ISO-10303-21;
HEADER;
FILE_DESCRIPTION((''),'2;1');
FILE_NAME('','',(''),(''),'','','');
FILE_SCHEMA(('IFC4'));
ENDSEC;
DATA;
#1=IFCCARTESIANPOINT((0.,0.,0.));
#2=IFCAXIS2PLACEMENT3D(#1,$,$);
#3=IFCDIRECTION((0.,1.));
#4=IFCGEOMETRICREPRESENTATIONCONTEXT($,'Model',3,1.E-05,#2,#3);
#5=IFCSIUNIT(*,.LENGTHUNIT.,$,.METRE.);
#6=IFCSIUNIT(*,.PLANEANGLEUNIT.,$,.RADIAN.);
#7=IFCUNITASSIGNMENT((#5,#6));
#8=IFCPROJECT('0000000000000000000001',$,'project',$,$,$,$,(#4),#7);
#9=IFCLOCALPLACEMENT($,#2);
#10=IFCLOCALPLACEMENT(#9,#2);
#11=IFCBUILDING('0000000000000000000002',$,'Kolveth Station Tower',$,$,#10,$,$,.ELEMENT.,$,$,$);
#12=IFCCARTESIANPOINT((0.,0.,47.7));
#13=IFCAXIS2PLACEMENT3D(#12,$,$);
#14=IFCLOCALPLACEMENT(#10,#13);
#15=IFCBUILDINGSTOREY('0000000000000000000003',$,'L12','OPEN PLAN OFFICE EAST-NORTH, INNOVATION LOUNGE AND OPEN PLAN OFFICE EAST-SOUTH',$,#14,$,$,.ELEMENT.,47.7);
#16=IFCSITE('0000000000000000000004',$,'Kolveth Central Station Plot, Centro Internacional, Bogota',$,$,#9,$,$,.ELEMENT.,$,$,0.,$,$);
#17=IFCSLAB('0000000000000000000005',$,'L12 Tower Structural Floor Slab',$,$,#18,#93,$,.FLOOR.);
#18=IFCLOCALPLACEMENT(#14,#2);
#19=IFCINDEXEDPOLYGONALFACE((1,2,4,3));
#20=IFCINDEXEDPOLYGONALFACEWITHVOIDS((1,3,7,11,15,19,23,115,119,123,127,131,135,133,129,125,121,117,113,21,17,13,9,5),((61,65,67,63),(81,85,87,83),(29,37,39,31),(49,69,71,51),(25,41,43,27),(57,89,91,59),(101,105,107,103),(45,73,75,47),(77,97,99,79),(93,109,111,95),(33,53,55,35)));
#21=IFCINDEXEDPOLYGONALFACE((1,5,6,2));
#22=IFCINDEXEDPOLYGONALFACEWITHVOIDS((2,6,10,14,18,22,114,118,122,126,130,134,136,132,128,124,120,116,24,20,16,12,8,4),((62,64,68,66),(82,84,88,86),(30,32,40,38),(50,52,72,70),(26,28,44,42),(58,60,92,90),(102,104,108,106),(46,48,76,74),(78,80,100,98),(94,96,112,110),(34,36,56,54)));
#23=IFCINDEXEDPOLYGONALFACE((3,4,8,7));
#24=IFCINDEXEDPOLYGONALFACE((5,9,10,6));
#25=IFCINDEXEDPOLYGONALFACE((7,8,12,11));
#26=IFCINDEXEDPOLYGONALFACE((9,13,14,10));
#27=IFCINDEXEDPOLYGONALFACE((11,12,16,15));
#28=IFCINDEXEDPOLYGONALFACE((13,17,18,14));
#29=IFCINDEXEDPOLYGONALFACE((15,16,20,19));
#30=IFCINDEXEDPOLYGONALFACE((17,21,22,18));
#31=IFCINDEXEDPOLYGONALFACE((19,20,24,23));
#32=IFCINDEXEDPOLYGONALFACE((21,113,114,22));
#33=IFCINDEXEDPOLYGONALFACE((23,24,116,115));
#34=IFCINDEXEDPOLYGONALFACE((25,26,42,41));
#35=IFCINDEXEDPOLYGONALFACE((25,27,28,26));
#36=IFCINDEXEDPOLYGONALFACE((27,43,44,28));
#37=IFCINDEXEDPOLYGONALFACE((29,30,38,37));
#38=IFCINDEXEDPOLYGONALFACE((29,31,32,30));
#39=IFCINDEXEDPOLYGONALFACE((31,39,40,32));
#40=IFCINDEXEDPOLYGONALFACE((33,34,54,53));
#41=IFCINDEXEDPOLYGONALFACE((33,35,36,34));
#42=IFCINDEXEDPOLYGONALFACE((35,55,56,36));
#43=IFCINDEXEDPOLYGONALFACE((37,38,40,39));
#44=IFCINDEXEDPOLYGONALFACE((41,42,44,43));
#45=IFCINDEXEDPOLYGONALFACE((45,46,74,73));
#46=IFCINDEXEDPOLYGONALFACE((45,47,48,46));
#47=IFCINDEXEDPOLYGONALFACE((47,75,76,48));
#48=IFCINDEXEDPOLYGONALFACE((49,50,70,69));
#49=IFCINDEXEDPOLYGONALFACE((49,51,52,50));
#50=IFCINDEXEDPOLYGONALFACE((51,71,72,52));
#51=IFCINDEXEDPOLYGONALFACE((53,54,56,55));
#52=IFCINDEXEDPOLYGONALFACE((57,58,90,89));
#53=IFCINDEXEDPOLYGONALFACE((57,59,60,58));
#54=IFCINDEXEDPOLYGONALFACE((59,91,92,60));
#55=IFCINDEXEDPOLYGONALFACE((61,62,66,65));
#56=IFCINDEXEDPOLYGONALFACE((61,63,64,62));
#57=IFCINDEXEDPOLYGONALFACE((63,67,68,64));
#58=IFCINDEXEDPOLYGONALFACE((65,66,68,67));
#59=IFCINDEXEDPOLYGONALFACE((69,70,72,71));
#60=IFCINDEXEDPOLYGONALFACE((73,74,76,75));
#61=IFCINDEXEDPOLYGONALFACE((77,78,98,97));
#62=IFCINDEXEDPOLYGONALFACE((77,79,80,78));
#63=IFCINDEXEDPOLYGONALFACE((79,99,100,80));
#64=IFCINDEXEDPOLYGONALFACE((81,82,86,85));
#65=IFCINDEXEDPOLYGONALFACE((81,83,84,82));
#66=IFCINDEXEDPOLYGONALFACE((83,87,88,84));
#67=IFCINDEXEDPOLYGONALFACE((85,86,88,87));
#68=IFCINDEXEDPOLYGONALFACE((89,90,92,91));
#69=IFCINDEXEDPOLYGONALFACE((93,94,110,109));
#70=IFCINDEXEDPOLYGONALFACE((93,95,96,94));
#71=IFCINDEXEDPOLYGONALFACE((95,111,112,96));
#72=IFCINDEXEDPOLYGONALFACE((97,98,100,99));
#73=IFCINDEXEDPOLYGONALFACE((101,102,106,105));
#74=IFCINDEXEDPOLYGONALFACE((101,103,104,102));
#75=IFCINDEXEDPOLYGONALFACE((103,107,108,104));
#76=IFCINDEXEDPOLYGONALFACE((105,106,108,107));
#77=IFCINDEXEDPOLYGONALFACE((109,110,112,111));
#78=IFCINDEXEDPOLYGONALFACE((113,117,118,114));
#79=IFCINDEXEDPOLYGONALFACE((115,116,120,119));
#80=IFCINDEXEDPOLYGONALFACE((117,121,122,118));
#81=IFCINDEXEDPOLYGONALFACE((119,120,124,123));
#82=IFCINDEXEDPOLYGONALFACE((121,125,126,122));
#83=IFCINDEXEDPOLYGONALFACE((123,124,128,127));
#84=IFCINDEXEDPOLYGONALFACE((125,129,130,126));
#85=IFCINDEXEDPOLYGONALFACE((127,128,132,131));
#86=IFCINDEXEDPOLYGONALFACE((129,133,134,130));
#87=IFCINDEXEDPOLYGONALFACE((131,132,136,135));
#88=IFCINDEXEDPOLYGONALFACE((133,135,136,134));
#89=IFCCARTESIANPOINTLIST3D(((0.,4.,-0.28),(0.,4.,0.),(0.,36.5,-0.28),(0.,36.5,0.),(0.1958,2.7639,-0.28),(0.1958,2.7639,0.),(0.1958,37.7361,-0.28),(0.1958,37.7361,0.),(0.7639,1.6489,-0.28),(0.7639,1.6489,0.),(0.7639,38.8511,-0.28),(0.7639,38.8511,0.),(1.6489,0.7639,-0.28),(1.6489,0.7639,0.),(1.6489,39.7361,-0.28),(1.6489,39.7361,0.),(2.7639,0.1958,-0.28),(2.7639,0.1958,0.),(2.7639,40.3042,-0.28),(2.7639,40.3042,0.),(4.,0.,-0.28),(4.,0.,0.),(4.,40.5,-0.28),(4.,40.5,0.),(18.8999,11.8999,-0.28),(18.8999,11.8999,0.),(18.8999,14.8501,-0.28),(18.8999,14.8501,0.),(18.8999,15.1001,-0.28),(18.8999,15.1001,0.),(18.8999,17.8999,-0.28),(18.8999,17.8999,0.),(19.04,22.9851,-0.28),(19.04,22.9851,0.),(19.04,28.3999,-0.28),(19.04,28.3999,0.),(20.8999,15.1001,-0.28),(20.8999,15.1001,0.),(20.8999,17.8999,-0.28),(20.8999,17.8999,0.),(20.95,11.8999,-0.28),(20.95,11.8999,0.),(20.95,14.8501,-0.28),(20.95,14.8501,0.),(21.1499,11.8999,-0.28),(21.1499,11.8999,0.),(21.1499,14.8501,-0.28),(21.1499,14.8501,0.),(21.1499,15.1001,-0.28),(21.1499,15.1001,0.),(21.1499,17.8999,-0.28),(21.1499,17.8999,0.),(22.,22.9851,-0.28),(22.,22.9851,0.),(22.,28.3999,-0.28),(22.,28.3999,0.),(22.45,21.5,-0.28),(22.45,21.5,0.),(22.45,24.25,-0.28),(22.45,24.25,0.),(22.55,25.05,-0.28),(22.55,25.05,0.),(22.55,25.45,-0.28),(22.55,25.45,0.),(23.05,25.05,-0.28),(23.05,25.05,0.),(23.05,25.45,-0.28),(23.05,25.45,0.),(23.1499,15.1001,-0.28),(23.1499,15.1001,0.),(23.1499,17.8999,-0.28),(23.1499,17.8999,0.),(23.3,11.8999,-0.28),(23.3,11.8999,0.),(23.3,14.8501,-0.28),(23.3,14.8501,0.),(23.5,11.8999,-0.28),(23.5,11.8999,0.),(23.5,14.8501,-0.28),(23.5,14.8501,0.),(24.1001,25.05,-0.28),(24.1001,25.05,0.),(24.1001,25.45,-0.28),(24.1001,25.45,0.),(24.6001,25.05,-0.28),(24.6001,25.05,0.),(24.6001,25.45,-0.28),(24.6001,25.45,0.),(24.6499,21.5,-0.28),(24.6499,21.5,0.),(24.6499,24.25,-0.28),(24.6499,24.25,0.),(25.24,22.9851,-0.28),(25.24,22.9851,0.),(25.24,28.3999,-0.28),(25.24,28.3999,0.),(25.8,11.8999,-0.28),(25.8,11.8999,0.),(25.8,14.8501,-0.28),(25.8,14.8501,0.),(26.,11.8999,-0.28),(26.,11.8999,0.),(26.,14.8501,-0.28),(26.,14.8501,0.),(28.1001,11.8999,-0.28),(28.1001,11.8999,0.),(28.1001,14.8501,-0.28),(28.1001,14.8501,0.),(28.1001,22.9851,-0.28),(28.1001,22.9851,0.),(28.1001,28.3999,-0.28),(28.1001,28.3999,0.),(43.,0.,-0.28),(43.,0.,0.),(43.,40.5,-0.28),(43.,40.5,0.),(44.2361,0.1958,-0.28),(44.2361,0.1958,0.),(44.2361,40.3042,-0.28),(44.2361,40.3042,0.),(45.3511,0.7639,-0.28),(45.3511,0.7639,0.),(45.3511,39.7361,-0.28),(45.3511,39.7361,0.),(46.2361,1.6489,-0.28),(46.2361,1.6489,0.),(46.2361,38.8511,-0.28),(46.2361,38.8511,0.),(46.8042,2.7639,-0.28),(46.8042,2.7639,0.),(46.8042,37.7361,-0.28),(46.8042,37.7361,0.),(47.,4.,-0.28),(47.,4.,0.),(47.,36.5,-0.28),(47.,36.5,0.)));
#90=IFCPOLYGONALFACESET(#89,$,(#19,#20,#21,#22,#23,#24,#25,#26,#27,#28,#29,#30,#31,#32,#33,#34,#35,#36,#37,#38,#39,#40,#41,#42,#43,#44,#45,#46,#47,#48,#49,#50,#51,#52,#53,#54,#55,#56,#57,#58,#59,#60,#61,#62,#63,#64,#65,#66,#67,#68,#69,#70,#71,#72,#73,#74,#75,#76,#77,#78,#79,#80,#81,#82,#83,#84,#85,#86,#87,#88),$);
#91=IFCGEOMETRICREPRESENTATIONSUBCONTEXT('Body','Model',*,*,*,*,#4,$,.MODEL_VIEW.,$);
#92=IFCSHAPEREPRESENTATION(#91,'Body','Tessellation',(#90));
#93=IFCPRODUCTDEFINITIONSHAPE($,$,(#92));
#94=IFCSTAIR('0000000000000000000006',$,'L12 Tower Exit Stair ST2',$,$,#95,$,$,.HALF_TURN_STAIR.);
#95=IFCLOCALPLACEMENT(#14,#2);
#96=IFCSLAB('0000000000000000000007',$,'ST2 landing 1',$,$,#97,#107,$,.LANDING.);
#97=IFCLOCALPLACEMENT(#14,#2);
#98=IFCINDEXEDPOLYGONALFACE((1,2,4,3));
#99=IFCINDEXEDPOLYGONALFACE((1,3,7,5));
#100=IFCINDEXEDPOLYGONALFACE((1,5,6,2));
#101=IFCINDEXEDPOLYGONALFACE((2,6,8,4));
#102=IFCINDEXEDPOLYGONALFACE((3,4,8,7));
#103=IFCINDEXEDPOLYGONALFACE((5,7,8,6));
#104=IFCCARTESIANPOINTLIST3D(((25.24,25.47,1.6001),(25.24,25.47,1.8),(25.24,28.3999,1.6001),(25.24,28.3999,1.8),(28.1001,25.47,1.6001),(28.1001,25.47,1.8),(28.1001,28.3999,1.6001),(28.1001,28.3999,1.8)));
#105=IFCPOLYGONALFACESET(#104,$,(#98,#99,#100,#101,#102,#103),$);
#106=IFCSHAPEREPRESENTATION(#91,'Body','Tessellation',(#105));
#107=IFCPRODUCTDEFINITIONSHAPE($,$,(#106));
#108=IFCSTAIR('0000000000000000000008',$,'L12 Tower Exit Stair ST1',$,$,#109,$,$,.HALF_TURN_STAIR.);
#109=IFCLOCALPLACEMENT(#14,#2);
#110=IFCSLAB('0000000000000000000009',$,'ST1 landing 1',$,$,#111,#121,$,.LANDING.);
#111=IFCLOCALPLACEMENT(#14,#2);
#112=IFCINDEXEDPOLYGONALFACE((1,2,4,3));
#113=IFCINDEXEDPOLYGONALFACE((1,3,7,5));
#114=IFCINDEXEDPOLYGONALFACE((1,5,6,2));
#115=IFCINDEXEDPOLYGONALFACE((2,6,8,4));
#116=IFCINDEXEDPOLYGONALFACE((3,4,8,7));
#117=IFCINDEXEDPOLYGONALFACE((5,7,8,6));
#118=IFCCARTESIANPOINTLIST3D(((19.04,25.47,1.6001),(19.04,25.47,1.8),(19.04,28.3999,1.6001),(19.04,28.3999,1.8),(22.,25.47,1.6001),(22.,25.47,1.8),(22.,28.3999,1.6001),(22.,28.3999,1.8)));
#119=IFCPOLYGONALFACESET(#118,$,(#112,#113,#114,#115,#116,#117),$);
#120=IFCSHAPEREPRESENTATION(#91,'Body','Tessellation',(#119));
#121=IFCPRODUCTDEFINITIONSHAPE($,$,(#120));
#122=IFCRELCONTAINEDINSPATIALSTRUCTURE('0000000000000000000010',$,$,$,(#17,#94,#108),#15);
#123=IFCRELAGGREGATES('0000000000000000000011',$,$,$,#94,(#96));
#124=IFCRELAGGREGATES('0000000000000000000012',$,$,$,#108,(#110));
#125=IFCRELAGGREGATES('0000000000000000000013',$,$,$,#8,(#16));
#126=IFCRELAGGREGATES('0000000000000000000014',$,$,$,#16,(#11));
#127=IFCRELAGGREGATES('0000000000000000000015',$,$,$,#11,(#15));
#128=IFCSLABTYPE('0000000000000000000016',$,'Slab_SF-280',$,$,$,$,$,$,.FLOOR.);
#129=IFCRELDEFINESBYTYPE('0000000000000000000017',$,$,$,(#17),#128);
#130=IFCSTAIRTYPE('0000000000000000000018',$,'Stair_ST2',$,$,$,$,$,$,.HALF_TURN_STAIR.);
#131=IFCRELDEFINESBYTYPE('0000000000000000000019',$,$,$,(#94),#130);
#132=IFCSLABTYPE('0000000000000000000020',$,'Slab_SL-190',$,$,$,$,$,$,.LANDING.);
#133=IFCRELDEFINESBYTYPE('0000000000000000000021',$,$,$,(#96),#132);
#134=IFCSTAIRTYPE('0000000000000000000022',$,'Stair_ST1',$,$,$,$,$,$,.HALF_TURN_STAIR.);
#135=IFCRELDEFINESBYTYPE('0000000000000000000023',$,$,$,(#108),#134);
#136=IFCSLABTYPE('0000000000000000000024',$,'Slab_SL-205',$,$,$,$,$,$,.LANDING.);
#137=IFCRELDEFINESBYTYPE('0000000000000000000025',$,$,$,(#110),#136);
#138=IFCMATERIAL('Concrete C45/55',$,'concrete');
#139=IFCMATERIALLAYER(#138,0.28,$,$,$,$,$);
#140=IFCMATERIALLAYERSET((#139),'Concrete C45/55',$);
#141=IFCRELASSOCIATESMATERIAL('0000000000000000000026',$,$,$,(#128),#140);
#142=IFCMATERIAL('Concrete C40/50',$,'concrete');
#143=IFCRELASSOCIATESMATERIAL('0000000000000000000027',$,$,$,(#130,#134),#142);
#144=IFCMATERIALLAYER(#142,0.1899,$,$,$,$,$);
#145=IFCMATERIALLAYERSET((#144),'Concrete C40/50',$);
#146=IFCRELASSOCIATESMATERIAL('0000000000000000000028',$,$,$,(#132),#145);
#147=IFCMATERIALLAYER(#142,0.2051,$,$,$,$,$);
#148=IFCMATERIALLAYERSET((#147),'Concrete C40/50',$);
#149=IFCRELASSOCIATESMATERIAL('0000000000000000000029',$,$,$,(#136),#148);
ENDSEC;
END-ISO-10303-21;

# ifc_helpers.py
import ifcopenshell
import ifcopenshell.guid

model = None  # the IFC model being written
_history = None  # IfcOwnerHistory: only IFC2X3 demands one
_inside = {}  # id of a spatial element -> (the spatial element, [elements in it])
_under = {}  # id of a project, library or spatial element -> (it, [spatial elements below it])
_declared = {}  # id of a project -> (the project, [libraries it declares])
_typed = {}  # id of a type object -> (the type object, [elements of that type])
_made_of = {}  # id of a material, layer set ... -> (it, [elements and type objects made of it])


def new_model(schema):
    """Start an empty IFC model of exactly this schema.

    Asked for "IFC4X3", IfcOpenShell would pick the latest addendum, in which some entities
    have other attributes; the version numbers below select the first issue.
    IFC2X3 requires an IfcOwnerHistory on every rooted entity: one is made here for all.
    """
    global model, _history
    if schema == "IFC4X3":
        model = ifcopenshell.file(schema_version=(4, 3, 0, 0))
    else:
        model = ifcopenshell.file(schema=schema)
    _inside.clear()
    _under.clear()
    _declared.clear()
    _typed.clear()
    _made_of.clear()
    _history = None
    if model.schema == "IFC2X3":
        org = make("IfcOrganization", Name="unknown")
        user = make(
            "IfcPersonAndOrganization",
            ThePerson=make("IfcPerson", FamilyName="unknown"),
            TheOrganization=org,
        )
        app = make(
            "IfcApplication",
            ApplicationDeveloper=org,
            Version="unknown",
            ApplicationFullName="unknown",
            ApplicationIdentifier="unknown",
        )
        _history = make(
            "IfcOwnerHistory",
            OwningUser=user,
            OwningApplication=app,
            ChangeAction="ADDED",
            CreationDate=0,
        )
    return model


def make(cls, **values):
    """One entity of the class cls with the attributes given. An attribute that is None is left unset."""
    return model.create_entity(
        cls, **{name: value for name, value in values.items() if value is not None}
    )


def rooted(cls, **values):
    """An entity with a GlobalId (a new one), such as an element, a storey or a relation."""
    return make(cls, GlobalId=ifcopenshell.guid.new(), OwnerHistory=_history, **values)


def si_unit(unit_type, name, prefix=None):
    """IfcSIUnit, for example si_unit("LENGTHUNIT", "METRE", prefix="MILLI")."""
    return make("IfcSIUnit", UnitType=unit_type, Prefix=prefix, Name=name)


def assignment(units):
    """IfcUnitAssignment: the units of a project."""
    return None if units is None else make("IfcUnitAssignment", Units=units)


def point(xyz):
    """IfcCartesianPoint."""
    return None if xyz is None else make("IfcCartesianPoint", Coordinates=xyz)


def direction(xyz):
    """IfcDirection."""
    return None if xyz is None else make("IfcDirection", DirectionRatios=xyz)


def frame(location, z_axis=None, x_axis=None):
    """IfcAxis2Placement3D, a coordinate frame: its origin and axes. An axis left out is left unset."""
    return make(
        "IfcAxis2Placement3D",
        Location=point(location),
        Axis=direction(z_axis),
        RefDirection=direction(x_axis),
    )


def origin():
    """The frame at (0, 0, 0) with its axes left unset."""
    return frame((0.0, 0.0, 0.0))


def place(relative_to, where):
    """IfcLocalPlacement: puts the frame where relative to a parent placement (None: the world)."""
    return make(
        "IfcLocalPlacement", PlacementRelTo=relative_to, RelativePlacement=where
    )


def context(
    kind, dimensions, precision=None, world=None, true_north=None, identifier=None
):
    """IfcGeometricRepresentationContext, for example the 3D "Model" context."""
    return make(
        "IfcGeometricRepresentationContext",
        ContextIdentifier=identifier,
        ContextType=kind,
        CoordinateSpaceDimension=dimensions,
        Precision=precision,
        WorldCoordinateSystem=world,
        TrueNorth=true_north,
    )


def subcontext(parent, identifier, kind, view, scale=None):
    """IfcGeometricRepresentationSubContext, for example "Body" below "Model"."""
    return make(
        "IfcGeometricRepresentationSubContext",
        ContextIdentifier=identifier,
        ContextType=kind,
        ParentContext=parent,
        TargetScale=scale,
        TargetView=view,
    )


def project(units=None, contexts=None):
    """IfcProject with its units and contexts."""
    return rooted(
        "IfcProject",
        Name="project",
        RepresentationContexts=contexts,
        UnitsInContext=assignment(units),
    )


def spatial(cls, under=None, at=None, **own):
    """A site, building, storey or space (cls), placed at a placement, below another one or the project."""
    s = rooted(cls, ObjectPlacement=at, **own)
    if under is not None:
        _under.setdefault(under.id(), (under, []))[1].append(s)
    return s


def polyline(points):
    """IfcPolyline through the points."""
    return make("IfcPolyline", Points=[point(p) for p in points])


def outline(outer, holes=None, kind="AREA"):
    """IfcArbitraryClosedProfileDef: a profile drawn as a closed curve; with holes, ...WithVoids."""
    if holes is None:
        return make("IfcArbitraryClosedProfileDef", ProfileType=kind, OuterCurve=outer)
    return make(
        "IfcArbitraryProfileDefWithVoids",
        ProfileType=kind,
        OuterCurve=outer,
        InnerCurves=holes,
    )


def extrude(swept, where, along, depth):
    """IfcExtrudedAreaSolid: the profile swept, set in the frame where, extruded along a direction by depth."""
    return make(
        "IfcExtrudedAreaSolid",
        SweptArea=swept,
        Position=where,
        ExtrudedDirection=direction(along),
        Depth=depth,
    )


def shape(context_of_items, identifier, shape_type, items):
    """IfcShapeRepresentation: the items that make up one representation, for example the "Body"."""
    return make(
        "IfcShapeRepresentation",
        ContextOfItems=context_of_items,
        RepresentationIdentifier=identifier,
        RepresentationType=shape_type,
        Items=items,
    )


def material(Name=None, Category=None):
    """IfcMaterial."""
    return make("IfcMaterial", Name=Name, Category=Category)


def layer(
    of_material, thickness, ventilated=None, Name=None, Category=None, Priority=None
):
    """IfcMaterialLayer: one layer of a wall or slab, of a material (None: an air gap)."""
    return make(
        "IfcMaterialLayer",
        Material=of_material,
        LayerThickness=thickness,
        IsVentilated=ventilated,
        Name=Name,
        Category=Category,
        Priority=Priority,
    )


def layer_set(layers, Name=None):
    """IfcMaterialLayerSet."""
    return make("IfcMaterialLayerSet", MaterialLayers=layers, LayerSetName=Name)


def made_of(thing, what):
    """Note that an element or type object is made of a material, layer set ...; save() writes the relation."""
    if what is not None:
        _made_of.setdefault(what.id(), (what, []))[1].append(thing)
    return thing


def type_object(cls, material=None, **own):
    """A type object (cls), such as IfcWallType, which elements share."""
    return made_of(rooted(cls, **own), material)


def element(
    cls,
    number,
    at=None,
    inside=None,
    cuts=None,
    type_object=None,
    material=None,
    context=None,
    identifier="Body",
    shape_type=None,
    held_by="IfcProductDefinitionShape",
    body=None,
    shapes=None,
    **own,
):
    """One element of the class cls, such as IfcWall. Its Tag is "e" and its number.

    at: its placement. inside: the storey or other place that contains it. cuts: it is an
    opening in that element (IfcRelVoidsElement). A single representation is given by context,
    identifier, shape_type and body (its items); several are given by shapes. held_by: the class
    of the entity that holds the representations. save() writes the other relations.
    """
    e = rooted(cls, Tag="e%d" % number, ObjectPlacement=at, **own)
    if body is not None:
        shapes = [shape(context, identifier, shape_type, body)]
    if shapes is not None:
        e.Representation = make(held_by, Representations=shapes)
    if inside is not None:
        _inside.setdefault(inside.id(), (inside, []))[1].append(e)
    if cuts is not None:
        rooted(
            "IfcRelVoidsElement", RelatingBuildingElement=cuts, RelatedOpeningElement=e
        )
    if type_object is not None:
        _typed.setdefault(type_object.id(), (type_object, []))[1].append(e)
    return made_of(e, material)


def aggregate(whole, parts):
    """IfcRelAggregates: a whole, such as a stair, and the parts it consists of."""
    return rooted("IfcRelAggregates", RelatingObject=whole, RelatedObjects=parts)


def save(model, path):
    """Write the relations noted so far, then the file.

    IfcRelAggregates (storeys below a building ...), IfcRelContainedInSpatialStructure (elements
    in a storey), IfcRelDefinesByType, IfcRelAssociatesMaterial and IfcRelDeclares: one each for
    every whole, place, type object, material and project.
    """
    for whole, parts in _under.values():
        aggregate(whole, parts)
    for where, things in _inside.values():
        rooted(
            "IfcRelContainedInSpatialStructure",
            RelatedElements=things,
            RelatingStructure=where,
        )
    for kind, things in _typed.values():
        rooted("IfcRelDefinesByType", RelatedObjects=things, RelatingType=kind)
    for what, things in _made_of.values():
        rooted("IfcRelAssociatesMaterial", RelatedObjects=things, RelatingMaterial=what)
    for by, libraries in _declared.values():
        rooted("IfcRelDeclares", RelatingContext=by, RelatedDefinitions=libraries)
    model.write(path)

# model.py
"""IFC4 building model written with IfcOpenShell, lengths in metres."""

from ifc_helpers import new_model, si_unit, direction, frame, origin, place, context, subcontext, project, spatial, polyline, outline, extrude, material, layer, layer_set, type_object, element, aggregate, save


model = new_model("IFC4")

# Units and contexts
model_context = context("Model", 3, precision=1e-05, world=origin(), true_north=direction((0.0, 1.0)))
body_context = subcontext(model_context, "Body", "Model", "MODEL_VIEW")
ifc_project = project(units=[si_unit("LENGTHUNIT", "METRE"), si_unit("PLANEANGLEUNIT", "RADIAN")], contexts=[model_context])

# Site, building, storey
site_placement = place(None, origin())
site = spatial("IfcSite", under=ifc_project, at=site_placement, Name="Kolveth Central Station Plot, Centro Internacional, Bogota", CompositionType="ELEMENT", RefElevation=0.0)
building_placement = place(site_placement, origin())
building = spatial("IfcBuilding", under=site, at=building_placement, Name="Kolveth Station Tower", CompositionType="ELEMENT")
storey_placement = place(building_placement, frame((0.0, 0.0, 47.7)))
storey = spatial("IfcBuildingStorey", under=building, at=storey_placement, Name="L12", Description="OPEN PLAN OFFICE EAST-NORTH, INNOVATION LOUNGE AND OPEN PLAN OFFICE EAST-SOUTH", CompositionType="ELEMENT", Elevation=47.7)

# Slab
ifc_material_1 = material(Name="Concrete C45/55", Category="concrete")
ifc_layer_1 = layer(ifc_material_1, 0.28)
ifc_layer_set_1 = layer_set([ifc_layer_1], Name="Concrete C45/55")
slab_type_1 = type_object("IfcSlabType", Name="Slab_SF-280", PredefinedType="FLOOR", material=ifc_layer_set_1)
slab_1_placement = place(storey_placement, frame((0.0, 0.0, -0.28)))
element("IfcSlab", 1, at=slab_1_placement, inside=storey, type_object=slab_type_1, Name="L12 Tower Structural Floor Slab", PredefinedType="FLOOR", context=body_context, shape_type="SweptSolid", body=[
    extrude(outline(polyline([(43.0, 0.0), (44.2361, 0.1958), (45.3511, 0.7639), (46.2361, 1.6489), (46.8042, 2.7639), (47.0, 4.0), (47.0, 36.5), (46.8042, 37.7361), (46.2361, 38.8511), (45.3511, 39.7361), (44.2361, 40.3042), (43.0, 40.5), (4.0, 40.5), (2.7639, 40.3042), (1.6489, 39.7361), (0.7639, 38.8511), (0.1958, 37.7361), (0.0, 36.5), (0.0, 4.0), (0.1958, 2.7639), (0.7639, 1.6489), (1.6489, 0.7639), (2.7639, 0.1958), (4.0, 0.0), (43.0, 0.0)]), holes=[polyline([(19.04, 22.9851), (22.0, 22.9851), (22.0, 28.3999), (19.04, 28.3999), (19.04, 22.9851)]), polyline([(25.24, 22.9851), (28.1001, 22.9851), (28.1001, 28.3999), (25.24, 28.3999), (25.24, 22.9851)]), polyline([(18.8999, 15.1001), (20.8999, 15.1001), (20.8999, 17.8999), (18.8999, 17.8999), (18.8999, 15.1001)]), polyline([(21.1499, 15.1001), (23.1499, 15.1001), (23.1499, 17.8999), (21.1499, 17.8999), (21.1499, 15.1001)]), polyline([(22.45, 21.5), (24.6499, 21.5), (24.6499, 24.25), (22.45, 24.25), (22.45, 21.5)]), polyline([(18.8999, 11.8999), (20.95, 11.8999), (20.95, 14.8501), (18.8999, 14.8501), (18.8999, 11.8999)]), polyline([(21.1499, 11.8999), (23.3, 11.8999), (23.3, 14.8501), (21.1499, 14.8501), (21.1499, 11.8999)]), polyline([(23.5, 11.8999), (25.8, 11.8999), (25.8, 14.8501), (23.5, 14.8501), (23.5, 11.8999)]), polyline([(26.0, 11.8999), (28.1001, 11.8999), (28.1001, 14.8501), (26.0, 14.8501), (26.0, 11.8999)]), polyline([(22.55, 25.05), (23.05, 25.05), (23.05, 25.45), (22.55, 25.45), (22.55, 25.05)]), polyline([(24.1001, 25.05), (24.6001, 25.05), (24.6001, 25.45), (24.1001, 25.45), (24.1001, 25.05)])]), origin(), (0.0, 0.0, 1.0), 0.28),
])

# Stairs, slabs
ifc_material_2 = material(Name="Concrete C40/50", Category="concrete")
stair_type_1 = type_object("IfcStairType", Name="Stair_ST2", PredefinedType="HALF_TURN_STAIR", material=ifc_material_2)
stair_1_placement = place(storey_placement, origin())
stair_1 = element("IfcStair", 2, at=stair_1_placement, inside=storey, type_object=stair_type_1, Name="L12 Tower Exit Stair ST2", PredefinedType="HALF_TURN_STAIR")
ifc_layer_2 = layer(ifc_material_2, 0.1899)
ifc_layer_set_2 = layer_set([ifc_layer_2], Name="Concrete C40/50")
slab_type_2 = type_object("IfcSlabType", Name="Slab_SL-190", PredefinedType="LANDING", material=ifc_layer_set_2)
slab_2_placement = place(storey_placement, frame((0.0, 0.0, 1.6001)))
slab_2 = element("IfcSlab", 3, at=slab_2_placement, type_object=slab_type_2, Name="ST2 landing 1", PredefinedType="LANDING", context=body_context, shape_type="SweptSolid", body=[
    extrude(outline(polyline([(28.1001, 25.47), (28.1001, 28.3999), (25.24, 28.3999), (25.24, 25.47), (28.1001, 25.47)])), origin(), (0.0, 0.0, 1.0), 0.2),
])
aggregate(stair_1, [slab_2])
stair_type_2 = type_object("IfcStairType", Name="Stair_ST1", PredefinedType="HALF_TURN_STAIR", material=ifc_material_2)
stair_2_placement = place(storey_placement, origin())
stair_2 = element("IfcStair", 4, at=stair_2_placement, inside=storey, type_object=stair_type_2, Name="L12 Tower Exit Stair ST1", PredefinedType="HALF_TURN_STAIR")
ifc_layer_3 = layer(ifc_material_2, 0.2051)
ifc_layer_set_3 = layer_set([ifc_layer_3], Name="Concrete C40/50")
slab_type_3 = type_object("IfcSlabType", Name="Slab_SL-205", PredefinedType="LANDING", material=ifc_layer_set_3)
slab_3_placement = place(storey_placement, frame((0.0, 0.0, 1.6001)))
slab_3 = element("IfcSlab", 5, at=slab_3_placement, type_object=slab_type_3, Name="ST1 landing 1", PredefinedType="LANDING", context=body_context, shape_type="SweptSolid", body=[
    extrude(outline(polyline([(22.0, 25.47), (22.0, 28.3999), (19.04, 28.3999), (19.04, 25.47), (22.0, 25.47)])), origin(), (0.0, 0.0, 1.0), 0.2),
])
aggregate(stair_2, [slab_3])

save(model, "model.ifc")
